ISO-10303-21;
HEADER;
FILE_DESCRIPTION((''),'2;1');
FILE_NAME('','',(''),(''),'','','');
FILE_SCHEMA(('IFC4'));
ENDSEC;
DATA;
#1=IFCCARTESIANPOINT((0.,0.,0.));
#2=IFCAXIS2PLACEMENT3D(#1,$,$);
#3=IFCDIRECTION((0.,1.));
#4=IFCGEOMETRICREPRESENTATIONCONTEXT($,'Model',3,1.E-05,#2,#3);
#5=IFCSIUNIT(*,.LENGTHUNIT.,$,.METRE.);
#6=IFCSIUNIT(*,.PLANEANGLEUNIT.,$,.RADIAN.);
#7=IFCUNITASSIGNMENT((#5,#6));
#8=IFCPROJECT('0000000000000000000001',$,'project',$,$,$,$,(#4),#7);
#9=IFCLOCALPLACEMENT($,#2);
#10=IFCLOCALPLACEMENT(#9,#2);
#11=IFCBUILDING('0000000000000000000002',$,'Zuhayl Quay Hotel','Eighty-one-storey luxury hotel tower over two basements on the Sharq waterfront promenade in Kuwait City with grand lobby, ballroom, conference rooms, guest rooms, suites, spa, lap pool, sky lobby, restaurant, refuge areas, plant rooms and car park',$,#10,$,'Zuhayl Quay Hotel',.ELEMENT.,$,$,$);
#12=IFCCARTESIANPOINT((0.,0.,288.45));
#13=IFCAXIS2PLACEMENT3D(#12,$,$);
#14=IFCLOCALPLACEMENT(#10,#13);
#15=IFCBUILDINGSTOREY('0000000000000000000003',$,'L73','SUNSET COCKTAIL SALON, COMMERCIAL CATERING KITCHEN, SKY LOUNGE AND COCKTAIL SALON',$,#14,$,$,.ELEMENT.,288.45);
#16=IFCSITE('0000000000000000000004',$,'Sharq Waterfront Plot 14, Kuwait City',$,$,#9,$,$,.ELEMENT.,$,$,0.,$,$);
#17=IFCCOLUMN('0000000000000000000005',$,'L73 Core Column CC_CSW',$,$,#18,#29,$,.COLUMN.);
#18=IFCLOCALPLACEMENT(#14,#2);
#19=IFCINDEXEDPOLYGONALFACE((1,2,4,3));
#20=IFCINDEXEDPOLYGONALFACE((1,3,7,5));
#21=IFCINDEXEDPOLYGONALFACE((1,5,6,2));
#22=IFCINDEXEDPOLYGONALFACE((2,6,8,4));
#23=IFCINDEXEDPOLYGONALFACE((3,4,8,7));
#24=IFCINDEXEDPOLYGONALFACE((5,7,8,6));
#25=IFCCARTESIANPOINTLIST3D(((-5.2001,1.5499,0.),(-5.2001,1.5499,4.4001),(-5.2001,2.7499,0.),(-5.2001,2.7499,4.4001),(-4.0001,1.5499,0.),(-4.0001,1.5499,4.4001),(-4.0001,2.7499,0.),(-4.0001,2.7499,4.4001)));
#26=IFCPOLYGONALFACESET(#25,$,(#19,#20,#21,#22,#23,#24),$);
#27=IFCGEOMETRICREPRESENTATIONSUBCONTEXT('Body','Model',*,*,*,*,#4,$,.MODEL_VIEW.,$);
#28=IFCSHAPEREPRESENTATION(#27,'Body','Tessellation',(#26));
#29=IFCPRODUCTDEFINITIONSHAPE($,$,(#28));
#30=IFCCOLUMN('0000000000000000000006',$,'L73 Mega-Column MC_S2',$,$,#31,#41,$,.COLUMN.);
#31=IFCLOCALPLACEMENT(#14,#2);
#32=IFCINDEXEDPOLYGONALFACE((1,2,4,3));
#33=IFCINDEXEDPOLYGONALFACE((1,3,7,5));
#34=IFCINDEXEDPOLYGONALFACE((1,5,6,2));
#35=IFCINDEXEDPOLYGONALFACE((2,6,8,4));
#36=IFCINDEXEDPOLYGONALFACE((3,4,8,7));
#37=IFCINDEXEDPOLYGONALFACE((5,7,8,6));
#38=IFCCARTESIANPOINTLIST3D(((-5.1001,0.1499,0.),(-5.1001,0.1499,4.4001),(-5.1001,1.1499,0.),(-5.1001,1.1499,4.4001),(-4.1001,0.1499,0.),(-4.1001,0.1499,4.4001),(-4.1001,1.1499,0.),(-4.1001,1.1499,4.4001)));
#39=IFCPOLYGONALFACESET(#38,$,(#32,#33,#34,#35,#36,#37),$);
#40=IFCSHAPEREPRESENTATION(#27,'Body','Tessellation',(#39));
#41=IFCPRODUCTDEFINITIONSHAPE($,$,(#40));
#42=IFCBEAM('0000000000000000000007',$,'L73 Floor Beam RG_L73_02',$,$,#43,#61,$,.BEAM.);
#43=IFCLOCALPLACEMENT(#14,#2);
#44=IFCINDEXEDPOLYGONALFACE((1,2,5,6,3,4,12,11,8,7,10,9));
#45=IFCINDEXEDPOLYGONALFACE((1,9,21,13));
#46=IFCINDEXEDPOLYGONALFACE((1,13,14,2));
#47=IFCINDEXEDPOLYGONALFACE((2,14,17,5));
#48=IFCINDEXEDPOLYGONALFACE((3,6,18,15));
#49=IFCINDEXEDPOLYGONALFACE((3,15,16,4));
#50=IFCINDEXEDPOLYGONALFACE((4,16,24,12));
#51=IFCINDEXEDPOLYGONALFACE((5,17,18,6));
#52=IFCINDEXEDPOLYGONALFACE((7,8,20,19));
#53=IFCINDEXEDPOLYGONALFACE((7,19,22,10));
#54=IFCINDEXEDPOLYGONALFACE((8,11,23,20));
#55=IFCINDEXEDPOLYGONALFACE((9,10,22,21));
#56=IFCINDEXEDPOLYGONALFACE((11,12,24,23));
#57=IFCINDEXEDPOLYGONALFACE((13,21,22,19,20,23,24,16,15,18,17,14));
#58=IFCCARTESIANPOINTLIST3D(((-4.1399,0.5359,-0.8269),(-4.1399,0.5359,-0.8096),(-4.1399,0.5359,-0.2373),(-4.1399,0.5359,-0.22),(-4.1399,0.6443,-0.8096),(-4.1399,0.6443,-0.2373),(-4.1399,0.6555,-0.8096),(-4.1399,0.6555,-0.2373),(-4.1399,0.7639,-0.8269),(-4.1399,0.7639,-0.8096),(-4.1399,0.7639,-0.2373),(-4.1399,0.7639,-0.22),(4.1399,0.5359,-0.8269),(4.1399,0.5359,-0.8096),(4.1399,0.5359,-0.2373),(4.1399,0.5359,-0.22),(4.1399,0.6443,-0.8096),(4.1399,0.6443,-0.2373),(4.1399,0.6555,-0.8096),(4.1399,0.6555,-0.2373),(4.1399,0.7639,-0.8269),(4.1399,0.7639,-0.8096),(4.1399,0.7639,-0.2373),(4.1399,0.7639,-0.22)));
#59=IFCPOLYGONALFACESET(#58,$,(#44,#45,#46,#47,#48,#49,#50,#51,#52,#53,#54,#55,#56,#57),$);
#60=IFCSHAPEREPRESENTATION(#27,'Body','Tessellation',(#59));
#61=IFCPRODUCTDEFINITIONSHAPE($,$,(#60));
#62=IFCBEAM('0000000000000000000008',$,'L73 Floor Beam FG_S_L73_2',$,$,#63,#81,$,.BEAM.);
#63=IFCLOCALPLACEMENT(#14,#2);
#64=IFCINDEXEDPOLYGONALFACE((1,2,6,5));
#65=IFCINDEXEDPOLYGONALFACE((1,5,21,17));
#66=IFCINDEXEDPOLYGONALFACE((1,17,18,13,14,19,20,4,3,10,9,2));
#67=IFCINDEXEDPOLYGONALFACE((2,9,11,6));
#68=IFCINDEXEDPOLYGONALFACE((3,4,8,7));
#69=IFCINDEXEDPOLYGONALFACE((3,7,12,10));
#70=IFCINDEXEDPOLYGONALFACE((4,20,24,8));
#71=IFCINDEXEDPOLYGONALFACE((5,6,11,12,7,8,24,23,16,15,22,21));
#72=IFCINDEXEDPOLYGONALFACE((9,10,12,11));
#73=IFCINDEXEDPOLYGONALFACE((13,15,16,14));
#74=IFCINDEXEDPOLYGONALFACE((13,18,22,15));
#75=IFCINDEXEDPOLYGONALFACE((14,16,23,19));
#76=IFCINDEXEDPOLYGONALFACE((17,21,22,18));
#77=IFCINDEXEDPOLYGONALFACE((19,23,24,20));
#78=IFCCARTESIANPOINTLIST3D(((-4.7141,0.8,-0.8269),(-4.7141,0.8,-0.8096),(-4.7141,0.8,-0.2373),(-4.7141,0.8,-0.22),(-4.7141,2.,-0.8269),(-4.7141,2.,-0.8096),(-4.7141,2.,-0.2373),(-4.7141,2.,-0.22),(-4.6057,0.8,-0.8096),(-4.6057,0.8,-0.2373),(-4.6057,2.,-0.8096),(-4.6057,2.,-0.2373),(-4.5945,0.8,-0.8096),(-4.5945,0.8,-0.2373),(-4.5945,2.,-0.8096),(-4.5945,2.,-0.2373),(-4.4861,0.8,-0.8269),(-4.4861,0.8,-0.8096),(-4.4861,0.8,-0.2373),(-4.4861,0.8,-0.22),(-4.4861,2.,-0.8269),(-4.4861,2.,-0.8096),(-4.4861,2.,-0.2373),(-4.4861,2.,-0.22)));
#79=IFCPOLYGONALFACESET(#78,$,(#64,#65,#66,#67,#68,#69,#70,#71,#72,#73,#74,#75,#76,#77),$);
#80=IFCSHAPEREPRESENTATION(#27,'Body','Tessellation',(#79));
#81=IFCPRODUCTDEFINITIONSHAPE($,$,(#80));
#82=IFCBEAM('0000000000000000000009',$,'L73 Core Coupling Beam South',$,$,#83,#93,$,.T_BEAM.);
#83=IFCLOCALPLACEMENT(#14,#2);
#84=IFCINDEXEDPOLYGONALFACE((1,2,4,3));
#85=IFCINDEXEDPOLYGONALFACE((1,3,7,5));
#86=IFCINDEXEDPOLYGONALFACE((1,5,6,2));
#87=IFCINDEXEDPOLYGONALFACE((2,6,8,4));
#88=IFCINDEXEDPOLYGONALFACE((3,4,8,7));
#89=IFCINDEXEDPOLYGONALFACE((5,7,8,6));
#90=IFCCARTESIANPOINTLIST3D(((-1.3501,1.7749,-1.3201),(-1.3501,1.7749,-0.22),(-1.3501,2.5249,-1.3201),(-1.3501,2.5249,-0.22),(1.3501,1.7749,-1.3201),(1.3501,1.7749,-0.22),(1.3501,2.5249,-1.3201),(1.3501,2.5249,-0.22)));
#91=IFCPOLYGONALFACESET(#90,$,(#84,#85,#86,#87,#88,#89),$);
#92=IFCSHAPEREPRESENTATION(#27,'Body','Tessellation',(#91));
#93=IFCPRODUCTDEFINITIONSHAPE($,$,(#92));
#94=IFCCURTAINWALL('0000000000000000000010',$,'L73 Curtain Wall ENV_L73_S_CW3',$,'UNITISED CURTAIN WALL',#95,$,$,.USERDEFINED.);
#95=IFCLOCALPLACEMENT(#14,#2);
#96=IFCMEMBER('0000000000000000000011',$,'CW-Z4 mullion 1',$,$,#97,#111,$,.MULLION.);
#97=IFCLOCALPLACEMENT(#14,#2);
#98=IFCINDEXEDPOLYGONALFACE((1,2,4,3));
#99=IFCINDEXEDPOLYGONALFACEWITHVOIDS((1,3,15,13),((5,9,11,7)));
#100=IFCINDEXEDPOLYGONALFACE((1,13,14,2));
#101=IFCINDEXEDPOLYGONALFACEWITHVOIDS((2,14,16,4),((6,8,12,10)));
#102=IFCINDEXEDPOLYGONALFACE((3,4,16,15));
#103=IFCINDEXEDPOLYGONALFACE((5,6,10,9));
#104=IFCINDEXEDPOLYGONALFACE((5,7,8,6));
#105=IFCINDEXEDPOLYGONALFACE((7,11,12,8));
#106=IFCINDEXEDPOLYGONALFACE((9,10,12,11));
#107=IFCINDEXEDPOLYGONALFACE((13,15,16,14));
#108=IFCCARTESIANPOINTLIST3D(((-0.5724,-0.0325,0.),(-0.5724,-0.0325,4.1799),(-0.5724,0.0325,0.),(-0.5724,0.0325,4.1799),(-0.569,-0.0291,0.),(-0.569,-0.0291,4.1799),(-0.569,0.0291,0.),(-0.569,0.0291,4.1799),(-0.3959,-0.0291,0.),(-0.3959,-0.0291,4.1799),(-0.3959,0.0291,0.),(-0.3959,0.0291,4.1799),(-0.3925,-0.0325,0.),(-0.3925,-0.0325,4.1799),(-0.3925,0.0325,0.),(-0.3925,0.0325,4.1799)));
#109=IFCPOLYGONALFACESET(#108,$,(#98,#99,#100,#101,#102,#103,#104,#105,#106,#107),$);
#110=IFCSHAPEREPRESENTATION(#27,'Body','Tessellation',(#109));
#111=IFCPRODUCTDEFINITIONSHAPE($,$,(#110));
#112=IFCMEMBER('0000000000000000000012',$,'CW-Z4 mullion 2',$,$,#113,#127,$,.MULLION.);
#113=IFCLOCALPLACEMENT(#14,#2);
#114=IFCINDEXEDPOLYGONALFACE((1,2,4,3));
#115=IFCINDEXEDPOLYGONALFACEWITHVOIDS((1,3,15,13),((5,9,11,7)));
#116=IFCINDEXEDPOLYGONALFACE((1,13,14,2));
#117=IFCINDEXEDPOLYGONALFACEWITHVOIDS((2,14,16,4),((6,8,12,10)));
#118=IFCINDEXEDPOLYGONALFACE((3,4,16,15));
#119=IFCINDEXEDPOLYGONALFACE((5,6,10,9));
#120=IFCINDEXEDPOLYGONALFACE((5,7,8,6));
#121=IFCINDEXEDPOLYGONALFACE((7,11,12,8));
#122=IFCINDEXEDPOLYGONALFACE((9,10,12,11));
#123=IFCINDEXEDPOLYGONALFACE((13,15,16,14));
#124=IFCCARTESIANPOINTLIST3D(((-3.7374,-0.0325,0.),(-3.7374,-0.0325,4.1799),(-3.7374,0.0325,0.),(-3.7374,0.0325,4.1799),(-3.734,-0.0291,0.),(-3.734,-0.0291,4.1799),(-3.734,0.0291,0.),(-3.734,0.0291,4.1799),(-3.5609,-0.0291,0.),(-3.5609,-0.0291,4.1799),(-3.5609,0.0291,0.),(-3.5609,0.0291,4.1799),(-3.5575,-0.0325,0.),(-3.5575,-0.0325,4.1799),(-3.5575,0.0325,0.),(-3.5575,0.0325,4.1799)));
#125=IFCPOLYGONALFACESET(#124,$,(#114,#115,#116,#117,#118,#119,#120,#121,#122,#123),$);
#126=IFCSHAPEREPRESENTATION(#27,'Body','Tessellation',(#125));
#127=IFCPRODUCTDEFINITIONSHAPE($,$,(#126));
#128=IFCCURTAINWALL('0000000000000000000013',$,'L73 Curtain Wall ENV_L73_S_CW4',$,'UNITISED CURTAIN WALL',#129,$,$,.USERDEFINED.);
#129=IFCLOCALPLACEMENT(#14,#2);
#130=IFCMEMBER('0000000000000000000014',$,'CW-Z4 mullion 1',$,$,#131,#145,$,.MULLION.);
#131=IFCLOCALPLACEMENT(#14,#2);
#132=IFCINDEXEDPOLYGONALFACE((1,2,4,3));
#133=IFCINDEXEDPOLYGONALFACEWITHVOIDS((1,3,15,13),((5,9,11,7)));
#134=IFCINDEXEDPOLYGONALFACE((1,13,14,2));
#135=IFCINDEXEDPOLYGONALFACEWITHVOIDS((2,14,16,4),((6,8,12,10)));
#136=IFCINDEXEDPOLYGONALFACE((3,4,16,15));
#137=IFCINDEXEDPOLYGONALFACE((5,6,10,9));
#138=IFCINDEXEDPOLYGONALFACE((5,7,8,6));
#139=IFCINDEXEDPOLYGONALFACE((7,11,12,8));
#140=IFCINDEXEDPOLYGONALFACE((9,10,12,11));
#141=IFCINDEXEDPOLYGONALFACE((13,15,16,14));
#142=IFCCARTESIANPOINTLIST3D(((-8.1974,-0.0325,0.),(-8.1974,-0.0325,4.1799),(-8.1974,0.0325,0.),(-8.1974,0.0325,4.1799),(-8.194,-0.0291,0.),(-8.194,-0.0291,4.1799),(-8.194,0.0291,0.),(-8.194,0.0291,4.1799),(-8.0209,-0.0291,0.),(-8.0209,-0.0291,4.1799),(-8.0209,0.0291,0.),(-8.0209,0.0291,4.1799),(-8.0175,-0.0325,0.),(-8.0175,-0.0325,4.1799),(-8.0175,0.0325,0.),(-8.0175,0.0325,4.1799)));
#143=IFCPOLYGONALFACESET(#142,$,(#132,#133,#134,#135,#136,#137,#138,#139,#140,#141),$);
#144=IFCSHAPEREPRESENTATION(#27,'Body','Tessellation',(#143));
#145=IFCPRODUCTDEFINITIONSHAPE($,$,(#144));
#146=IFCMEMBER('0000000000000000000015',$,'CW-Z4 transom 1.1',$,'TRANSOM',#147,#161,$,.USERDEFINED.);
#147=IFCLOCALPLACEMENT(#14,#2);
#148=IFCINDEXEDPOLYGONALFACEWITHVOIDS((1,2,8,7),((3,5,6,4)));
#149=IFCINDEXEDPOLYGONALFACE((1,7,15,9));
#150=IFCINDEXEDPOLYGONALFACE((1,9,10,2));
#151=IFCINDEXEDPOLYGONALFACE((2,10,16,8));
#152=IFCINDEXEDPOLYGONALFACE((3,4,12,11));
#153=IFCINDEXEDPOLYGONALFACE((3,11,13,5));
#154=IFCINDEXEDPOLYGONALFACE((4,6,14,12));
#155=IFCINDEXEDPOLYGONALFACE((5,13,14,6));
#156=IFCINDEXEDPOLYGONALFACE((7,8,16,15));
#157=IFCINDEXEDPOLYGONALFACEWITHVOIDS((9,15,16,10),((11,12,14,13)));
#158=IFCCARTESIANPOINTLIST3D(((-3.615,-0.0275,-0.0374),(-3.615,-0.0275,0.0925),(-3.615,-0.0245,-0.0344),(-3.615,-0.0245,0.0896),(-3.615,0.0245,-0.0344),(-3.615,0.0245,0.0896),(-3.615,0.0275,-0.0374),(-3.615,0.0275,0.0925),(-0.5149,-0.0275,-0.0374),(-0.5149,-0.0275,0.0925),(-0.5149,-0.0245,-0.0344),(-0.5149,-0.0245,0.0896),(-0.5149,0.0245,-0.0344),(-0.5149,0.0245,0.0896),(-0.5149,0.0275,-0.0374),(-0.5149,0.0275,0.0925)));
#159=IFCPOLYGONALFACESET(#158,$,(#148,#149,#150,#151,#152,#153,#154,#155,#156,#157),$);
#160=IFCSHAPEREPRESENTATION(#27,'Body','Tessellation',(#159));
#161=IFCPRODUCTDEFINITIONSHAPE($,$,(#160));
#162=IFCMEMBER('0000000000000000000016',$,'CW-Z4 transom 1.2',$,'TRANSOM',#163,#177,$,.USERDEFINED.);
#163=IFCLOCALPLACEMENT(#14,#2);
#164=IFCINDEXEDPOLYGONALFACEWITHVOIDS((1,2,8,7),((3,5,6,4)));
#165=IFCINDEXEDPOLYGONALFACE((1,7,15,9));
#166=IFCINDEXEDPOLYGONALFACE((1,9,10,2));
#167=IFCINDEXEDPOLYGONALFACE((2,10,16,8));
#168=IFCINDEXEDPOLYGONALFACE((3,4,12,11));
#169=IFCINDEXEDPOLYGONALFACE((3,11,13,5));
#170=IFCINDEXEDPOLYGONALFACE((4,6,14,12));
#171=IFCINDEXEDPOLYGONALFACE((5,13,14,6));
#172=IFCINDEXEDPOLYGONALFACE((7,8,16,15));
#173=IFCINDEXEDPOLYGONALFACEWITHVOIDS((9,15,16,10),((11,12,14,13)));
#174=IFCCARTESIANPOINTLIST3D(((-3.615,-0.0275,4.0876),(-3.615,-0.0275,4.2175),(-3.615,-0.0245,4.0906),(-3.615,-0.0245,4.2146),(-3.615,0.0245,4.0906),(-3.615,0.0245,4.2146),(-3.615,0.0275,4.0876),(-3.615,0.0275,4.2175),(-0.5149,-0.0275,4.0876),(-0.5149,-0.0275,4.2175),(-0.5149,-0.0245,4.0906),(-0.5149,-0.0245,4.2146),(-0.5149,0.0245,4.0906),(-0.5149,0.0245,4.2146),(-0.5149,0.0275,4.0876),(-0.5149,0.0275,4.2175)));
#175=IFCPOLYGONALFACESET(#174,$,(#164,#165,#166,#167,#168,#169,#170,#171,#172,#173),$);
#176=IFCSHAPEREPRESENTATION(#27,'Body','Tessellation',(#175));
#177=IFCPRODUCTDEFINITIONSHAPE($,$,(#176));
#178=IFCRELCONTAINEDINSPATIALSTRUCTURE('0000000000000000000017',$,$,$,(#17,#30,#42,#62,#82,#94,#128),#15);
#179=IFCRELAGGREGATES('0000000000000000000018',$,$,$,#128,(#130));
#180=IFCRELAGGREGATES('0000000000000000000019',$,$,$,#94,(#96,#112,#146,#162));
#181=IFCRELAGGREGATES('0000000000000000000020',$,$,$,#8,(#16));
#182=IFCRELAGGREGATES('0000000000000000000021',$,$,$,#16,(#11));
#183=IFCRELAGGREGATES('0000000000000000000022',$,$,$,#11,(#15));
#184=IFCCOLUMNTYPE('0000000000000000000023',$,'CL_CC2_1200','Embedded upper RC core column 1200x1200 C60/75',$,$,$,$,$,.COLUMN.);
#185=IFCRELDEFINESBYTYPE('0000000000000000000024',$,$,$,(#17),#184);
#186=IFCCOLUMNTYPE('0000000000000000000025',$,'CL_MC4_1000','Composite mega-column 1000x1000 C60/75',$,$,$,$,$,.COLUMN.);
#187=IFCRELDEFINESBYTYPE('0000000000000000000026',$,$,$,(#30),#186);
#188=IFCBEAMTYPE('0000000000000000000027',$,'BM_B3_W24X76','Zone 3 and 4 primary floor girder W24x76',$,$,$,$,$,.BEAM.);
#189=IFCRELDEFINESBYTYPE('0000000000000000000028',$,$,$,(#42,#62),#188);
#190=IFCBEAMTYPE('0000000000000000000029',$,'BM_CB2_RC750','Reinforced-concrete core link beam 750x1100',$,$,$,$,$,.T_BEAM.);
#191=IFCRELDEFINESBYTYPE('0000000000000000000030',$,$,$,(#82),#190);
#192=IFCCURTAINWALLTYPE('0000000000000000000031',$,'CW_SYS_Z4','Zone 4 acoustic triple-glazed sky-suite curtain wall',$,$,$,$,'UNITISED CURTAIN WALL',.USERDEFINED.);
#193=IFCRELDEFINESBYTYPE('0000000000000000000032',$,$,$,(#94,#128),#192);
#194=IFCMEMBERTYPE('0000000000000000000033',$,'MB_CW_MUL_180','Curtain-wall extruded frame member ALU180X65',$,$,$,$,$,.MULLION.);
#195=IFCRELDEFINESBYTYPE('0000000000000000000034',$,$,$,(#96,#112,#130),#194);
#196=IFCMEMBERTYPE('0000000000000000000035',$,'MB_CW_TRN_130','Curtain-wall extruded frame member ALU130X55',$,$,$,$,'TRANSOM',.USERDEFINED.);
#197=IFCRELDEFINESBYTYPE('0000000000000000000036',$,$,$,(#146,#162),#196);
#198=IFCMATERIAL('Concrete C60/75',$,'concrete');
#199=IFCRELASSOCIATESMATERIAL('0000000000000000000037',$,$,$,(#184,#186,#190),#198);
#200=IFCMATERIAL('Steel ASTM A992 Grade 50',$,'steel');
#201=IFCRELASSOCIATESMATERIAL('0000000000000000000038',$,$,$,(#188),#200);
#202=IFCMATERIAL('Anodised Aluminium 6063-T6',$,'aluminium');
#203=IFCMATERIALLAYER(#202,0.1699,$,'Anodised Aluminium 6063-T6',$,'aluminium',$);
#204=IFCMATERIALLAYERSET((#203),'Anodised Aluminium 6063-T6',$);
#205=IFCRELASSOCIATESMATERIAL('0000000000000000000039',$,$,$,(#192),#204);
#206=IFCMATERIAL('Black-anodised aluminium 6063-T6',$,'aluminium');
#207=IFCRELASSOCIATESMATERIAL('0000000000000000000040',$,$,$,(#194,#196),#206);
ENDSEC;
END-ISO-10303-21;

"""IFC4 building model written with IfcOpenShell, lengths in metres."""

from ifc_helpers import new_model, si_unit, direction, frame, origin, origin_2d, place, context, subcontext, project, spatial, rectangle, hollow_rectangle, i_section, extrude, material, layer, layer_set, material_profile, profile_set, type_object, element, aggregate, save


model = new_model("IFC4")

# Units and contexts
model_context = context("Model", 3, precision=1e-05, world=origin(), true_north=direction((0.0, 1.0)))
body_context = subcontext(model_context, "Body", "Model", "MODEL_VIEW")
ifc_project = project(units=[si_unit("LENGTHUNIT", "METRE"), si_unit("PLANEANGLEUNIT", "RADIAN")], contexts=[model_context])

# Site, building, storey
site_placement = place(None, origin())
site = spatial("IfcSite", under=ifc_project, at=site_placement, Name="Sharq Waterfront Plot 14, Kuwait City", CompositionType="ELEMENT", RefElevation=0.0)
building_placement = place(site_placement, origin())
building = spatial("IfcBuilding", under=site, at=building_placement, Name="Zuhayl Quay Hotel", Description="Eighty-one-storey luxury hotel tower over two basements on the Sharq waterfront promenade in Kuwait City with grand lobby, ballroom, conference rooms, guest rooms, suites, spa, lap pool, sky lobby, restaurant, refuge areas, plant rooms and car park", LongName="Zuhayl Quay Hotel", CompositionType="ELEMENT")
storey_placement = place(building_placement, frame((0.0, 0.0, 288.45)))
storey = spatial("IfcBuildingStorey", under=building, at=storey_placement, Name="L73", Description="SUNSET COCKTAIL SALON, COMMERCIAL CATERING KITCHEN, SKY LOUNGE AND COCKTAIL SALON", CompositionType="ELEMENT", Elevation=288.45)

# Columns
ifc_material_1 = material(Name="Concrete C60/75", Category="concrete")
ifc_material_profile_1 = material_profile(ifc_material_1, rectangle(XDim=1.2, YDim=1.2, at=origin_2d()), Name="RC1200X1200")
ifc_profile_set_1 = profile_set([ifc_material_profile_1], Name="Concrete C60/75")
column_type_1 = type_object("IfcColumnType", Name="CL_CC2_1200", Description="Embedded upper RC core column 1200x1200 C60/75", PredefinedType="COLUMN", material=ifc_profile_set_1)
column_1_placement = place(storey_placement, frame((-4.6001, 2.1499, 0.0), z_axis=(0.0, 0.0, 1.0), x_axis=(1.0, 0.0, 0.0)))
element("IfcColumn", 1, at=column_1_placement, inside=storey, type_object=column_type_1, Name="L73 Core Column CC_CSW", PredefinedType="COLUMN", context=body_context, shape_type="SweptSolid", body=[
    extrude(rectangle(XDim=1.2, YDim=1.2, at=origin_2d()), origin(), (0.0, 0.0, 1.0), 4.4001),
])
ifc_material_profile_2 = material_profile(ifc_material_1, rectangle(XDim=1.0, YDim=1.0, at=origin_2d()), Name="RC1000X1000")
ifc_profile_set_2 = profile_set([ifc_material_profile_2], Name="Concrete C60/75")
column_type_2 = type_object("IfcColumnType", Name="CL_MC4_1000", Description="Composite mega-column 1000x1000 C60/75", PredefinedType="COLUMN", material=ifc_profile_set_2)
column_2_placement = place(storey_placement, frame((-4.6001, 0.6499, 0.0), z_axis=(0.0, 0.0, 1.0), x_axis=(1.0, 0.0, 0.0)))
element("IfcColumn", 2, at=column_2_placement, inside=storey, type_object=column_type_2, Name="L73 Mega-Column MC_S2", PredefinedType="COLUMN", context=body_context, shape_type="SweptSolid", body=[
    extrude(rectangle(XDim=1.0, YDim=1.0, at=origin_2d()), origin(), (0.0, 0.0, 1.0), 4.4001),
])

# Beams
ifc_material_2 = material(Name="Steel ASTM A992 Grade 50", Category="steel")
ifc_material_profile_3 = material_profile(ifc_material_2, i_section(OverallWidth=0.228, OverallDepth=0.6069, WebThickness=0.0112, FlangeThickness=0.0173, at=origin_2d()), Name="W24X76")
ifc_profile_set_3 = profile_set([ifc_material_profile_3], Name="Steel ASTM A992 Grade 50")
beam_type_1 = type_object("IfcBeamType", Name="BM_B3_W24X76", Description="Zone 3 and 4 primary floor girder W24x76", PredefinedType="BEAM", material=ifc_profile_set_3)
beam_1_placement = place(storey_placement, frame((-4.1399, 0.6499, -0.5234), z_axis=(1.0, 0.0, 0.0), x_axis=(0.0, 1.0, 0.0)))
element("IfcBeam", 3, at=beam_1_placement, inside=storey, type_object=beam_type_1, Name="L73 Floor Beam RG_L73_02", PredefinedType="BEAM", context=body_context, shape_type="SweptSolid", body=[
    extrude(i_section(OverallWidth=0.228, OverallDepth=0.6069, WebThickness=0.0112, FlangeThickness=0.0173, at=origin_2d()), origin(), (0.0, 0.0, 1.0), 8.2798),
])
beam_2_placement = place(storey_placement, frame((-4.6001, 0.8, -0.5234), z_axis=(0.0, 1.0, 0.0), x_axis=(-1.0, 0.0, 0.0)))
element("IfcBeam", 4, at=beam_2_placement, inside=storey, type_object=beam_type_1, Name="L73 Floor Beam FG_S_L73_2", PredefinedType="BEAM", context=body_context, shape_type="SweptSolid", body=[
    extrude(i_section(OverallWidth=0.228, OverallDepth=0.6069, WebThickness=0.0112, FlangeThickness=0.0173, at=origin_2d()), origin(), (0.0, 0.0, 1.0), 1.2),
])
ifc_material_profile_4 = material_profile(ifc_material_1, rectangle(XDim=0.75, YDim=1.1001, at=origin_2d()), Name="RC750X1100")
ifc_profile_set_4 = profile_set([ifc_material_profile_4], Name="Concrete C60/75")
beam_type_2 = type_object("IfcBeamType", Name="BM_CB2_RC750", Description="Reinforced-concrete core link beam 750x1100", PredefinedType="T_BEAM", material=ifc_profile_set_4)
beam_3_placement = place(storey_placement, frame((-1.3501, 2.1499, -0.77), z_axis=(1.0, 0.0, 0.0), x_axis=(0.0, 1.0, 0.0)))
element("IfcBeam", 5, at=beam_3_placement, inside=storey, type_object=beam_type_2, Name="L73 Core Coupling Beam South", PredefinedType="T_BEAM", context=body_context, shape_type="SweptSolid", body=[
    extrude(rectangle(XDim=0.75, YDim=1.1001, at=origin_2d()), origin(), (0.0, 0.0, 1.0), 2.7002),
])

# Curtain wall, members
ifc_material_3 = material(Name="Anodised Aluminium 6063-T6", Category="aluminium")
ifc_layer_1 = layer(ifc_material_3, 0.1699, Name="Anodised Aluminium 6063-T6", Category="aluminium")
ifc_layer_set_1 = layer_set([ifc_layer_1], Name="Anodised Aluminium 6063-T6")
curtain_wall_type = type_object("IfcCurtainWallType", Name="CW_SYS_Z4", Description="Zone 4 acoustic triple-glazed sky-suite curtain wall", ElementType="UNITISED CURTAIN WALL", PredefinedType="USERDEFINED", material=ifc_layer_set_1)
curtain_wall_1_placement = place(storey_placement, origin())
curtain_wall_1 = element("IfcCurtainWall", 6, at=curtain_wall_1_placement, inside=storey, type_object=curtain_wall_type, Name="L73 Curtain Wall ENV_L73_S_CW3", ObjectType="UNITISED CURTAIN WALL", PredefinedType="USERDEFINED")
ifc_material_4 = material(Name="Black-anodised aluminium 6063-T6", Category="aluminium")
ifc_material_profile_5 = material_profile(ifc_material_4, hollow_rectangle(XDim=0.0649, YDim=0.1799, WallThickness=0.0034, at=origin_2d()), Name="ALU180X65")
ifc_profile_set_5 = profile_set([ifc_material_profile_5], Name="Black-anodised aluminium 6063-T6")
member_type_1 = type_object("IfcMemberType", Name="MB_CW_MUL_180", Description="Curtain-wall extruded frame member ALU180X65", PredefinedType="MULLION", material=ifc_profile_set_5)
member_1_placement = place(storey_placement, frame((-0.4824, 0.0, 0.0), z_axis=(0.0, 0.0, 1.0), x_axis=(0.0, -1.0, 0.0)))
member_1 = element("IfcMember", 7, at=member_1_placement, type_object=member_type_1, Name="CW-Z4 mullion 1", PredefinedType="MULLION", context=body_context, shape_type="SweptSolid", body=[
    extrude(hollow_rectangle(XDim=0.0649, YDim=0.1799, WallThickness=0.0034, at=origin_2d()), origin(), (0.0, 0.0, 1.0), 4.1799),
])
member_2_placement = place(storey_placement, frame((-3.6475, 0.0, 0.0), z_axis=(0.0, 0.0, 1.0), x_axis=(0.0, -1.0, 0.0)))
member_2 = element("IfcMember", 8, at=member_2_placement, type_object=member_type_1, Name="CW-Z4 mullion 2", PredefinedType="MULLION", context=body_context, shape_type="SweptSolid", body=[
    extrude(hollow_rectangle(XDim=0.0649, YDim=0.1799, WallThickness=0.0034, at=origin_2d()), origin(), (0.0, 0.0, 1.0), 4.1799),
])

# Curtain wall, member
curtain_wall_2_placement = place(storey_placement, origin())
curtain_wall_2 = element("IfcCurtainWall", 9, at=curtain_wall_2_placement, inside=storey, type_object=curtain_wall_type, Name="L73 Curtain Wall ENV_L73_S_CW4", ObjectType="UNITISED CURTAIN WALL", PredefinedType="USERDEFINED")
member_3_placement = place(storey_placement, frame((-8.1074, 0.0, 0.0), z_axis=(0.0, 0.0, 1.0), x_axis=(0.0, -1.0, 0.0)))
member_3 = element("IfcMember", 10, at=member_3_placement, type_object=member_type_1, Name="CW-Z4 mullion 1", PredefinedType="MULLION", context=body_context, shape_type="SweptSolid", body=[
    extrude(hollow_rectangle(XDim=0.0649, YDim=0.1799, WallThickness=0.0034, at=origin_2d()), origin(), (0.0, 0.0, 1.0), 4.1799),
])

# Members
ifc_material_profile_6 = material_profile(ifc_material_4, hollow_rectangle(XDim=0.0549, YDim=0.1299, WallThickness=0.0029, at=origin_2d()), Name="ALU130X55")
ifc_profile_set_6 = profile_set([ifc_material_profile_6], Name="Black-anodised aluminium 6063-T6")
member_type_2 = type_object("IfcMemberType", Name="MB_CW_TRN_130", Description="Curtain-wall extruded frame member ALU130X55", ElementType="TRANSOM", PredefinedType="USERDEFINED", material=ifc_profile_set_6)
member_4_placement = place(storey_placement, frame((-0.5149, 0.0, 0.0276), z_axis=(-1.0, 0.0, 0.0), x_axis=(0.0, -1.0, 0.0)))
member_4 = element("IfcMember", 11, at=member_4_placement, type_object=member_type_2, Name="CW-Z4 transom 1.1", ObjectType="TRANSOM", PredefinedType="USERDEFINED", context=body_context, shape_type="SweptSolid", body=[
    extrude(hollow_rectangle(XDim=0.0549, YDim=0.1299, WallThickness=0.0029, at=origin_2d()), origin(), (0.0, 0.0, 1.0), 3.1001),
])
member_5_placement = place(storey_placement, frame((-0.5149, 0.0, 4.1526), z_axis=(-1.0, 0.0, 0.0), x_axis=(0.0, -1.0, 0.0)))
member_5 = element("IfcMember", 12, at=member_5_placement, type_object=member_type_2, Name="CW-Z4 transom 1.2", ObjectType="TRANSOM", PredefinedType="USERDEFINED", context=body_context, shape_type="SweptSolid", body=[
    extrude(hollow_rectangle(XDim=0.0549, YDim=0.1299, WallThickness=0.0029, at=origin_2d()), origin(), (0.0, 0.0, 1.0), 3.1001),
])
aggregate(curtain_wall_2, [member_3])

aggregate(curtain_wall_1, [member_1, member_2, member_4, member_5])

save(model, "model.ifc")
